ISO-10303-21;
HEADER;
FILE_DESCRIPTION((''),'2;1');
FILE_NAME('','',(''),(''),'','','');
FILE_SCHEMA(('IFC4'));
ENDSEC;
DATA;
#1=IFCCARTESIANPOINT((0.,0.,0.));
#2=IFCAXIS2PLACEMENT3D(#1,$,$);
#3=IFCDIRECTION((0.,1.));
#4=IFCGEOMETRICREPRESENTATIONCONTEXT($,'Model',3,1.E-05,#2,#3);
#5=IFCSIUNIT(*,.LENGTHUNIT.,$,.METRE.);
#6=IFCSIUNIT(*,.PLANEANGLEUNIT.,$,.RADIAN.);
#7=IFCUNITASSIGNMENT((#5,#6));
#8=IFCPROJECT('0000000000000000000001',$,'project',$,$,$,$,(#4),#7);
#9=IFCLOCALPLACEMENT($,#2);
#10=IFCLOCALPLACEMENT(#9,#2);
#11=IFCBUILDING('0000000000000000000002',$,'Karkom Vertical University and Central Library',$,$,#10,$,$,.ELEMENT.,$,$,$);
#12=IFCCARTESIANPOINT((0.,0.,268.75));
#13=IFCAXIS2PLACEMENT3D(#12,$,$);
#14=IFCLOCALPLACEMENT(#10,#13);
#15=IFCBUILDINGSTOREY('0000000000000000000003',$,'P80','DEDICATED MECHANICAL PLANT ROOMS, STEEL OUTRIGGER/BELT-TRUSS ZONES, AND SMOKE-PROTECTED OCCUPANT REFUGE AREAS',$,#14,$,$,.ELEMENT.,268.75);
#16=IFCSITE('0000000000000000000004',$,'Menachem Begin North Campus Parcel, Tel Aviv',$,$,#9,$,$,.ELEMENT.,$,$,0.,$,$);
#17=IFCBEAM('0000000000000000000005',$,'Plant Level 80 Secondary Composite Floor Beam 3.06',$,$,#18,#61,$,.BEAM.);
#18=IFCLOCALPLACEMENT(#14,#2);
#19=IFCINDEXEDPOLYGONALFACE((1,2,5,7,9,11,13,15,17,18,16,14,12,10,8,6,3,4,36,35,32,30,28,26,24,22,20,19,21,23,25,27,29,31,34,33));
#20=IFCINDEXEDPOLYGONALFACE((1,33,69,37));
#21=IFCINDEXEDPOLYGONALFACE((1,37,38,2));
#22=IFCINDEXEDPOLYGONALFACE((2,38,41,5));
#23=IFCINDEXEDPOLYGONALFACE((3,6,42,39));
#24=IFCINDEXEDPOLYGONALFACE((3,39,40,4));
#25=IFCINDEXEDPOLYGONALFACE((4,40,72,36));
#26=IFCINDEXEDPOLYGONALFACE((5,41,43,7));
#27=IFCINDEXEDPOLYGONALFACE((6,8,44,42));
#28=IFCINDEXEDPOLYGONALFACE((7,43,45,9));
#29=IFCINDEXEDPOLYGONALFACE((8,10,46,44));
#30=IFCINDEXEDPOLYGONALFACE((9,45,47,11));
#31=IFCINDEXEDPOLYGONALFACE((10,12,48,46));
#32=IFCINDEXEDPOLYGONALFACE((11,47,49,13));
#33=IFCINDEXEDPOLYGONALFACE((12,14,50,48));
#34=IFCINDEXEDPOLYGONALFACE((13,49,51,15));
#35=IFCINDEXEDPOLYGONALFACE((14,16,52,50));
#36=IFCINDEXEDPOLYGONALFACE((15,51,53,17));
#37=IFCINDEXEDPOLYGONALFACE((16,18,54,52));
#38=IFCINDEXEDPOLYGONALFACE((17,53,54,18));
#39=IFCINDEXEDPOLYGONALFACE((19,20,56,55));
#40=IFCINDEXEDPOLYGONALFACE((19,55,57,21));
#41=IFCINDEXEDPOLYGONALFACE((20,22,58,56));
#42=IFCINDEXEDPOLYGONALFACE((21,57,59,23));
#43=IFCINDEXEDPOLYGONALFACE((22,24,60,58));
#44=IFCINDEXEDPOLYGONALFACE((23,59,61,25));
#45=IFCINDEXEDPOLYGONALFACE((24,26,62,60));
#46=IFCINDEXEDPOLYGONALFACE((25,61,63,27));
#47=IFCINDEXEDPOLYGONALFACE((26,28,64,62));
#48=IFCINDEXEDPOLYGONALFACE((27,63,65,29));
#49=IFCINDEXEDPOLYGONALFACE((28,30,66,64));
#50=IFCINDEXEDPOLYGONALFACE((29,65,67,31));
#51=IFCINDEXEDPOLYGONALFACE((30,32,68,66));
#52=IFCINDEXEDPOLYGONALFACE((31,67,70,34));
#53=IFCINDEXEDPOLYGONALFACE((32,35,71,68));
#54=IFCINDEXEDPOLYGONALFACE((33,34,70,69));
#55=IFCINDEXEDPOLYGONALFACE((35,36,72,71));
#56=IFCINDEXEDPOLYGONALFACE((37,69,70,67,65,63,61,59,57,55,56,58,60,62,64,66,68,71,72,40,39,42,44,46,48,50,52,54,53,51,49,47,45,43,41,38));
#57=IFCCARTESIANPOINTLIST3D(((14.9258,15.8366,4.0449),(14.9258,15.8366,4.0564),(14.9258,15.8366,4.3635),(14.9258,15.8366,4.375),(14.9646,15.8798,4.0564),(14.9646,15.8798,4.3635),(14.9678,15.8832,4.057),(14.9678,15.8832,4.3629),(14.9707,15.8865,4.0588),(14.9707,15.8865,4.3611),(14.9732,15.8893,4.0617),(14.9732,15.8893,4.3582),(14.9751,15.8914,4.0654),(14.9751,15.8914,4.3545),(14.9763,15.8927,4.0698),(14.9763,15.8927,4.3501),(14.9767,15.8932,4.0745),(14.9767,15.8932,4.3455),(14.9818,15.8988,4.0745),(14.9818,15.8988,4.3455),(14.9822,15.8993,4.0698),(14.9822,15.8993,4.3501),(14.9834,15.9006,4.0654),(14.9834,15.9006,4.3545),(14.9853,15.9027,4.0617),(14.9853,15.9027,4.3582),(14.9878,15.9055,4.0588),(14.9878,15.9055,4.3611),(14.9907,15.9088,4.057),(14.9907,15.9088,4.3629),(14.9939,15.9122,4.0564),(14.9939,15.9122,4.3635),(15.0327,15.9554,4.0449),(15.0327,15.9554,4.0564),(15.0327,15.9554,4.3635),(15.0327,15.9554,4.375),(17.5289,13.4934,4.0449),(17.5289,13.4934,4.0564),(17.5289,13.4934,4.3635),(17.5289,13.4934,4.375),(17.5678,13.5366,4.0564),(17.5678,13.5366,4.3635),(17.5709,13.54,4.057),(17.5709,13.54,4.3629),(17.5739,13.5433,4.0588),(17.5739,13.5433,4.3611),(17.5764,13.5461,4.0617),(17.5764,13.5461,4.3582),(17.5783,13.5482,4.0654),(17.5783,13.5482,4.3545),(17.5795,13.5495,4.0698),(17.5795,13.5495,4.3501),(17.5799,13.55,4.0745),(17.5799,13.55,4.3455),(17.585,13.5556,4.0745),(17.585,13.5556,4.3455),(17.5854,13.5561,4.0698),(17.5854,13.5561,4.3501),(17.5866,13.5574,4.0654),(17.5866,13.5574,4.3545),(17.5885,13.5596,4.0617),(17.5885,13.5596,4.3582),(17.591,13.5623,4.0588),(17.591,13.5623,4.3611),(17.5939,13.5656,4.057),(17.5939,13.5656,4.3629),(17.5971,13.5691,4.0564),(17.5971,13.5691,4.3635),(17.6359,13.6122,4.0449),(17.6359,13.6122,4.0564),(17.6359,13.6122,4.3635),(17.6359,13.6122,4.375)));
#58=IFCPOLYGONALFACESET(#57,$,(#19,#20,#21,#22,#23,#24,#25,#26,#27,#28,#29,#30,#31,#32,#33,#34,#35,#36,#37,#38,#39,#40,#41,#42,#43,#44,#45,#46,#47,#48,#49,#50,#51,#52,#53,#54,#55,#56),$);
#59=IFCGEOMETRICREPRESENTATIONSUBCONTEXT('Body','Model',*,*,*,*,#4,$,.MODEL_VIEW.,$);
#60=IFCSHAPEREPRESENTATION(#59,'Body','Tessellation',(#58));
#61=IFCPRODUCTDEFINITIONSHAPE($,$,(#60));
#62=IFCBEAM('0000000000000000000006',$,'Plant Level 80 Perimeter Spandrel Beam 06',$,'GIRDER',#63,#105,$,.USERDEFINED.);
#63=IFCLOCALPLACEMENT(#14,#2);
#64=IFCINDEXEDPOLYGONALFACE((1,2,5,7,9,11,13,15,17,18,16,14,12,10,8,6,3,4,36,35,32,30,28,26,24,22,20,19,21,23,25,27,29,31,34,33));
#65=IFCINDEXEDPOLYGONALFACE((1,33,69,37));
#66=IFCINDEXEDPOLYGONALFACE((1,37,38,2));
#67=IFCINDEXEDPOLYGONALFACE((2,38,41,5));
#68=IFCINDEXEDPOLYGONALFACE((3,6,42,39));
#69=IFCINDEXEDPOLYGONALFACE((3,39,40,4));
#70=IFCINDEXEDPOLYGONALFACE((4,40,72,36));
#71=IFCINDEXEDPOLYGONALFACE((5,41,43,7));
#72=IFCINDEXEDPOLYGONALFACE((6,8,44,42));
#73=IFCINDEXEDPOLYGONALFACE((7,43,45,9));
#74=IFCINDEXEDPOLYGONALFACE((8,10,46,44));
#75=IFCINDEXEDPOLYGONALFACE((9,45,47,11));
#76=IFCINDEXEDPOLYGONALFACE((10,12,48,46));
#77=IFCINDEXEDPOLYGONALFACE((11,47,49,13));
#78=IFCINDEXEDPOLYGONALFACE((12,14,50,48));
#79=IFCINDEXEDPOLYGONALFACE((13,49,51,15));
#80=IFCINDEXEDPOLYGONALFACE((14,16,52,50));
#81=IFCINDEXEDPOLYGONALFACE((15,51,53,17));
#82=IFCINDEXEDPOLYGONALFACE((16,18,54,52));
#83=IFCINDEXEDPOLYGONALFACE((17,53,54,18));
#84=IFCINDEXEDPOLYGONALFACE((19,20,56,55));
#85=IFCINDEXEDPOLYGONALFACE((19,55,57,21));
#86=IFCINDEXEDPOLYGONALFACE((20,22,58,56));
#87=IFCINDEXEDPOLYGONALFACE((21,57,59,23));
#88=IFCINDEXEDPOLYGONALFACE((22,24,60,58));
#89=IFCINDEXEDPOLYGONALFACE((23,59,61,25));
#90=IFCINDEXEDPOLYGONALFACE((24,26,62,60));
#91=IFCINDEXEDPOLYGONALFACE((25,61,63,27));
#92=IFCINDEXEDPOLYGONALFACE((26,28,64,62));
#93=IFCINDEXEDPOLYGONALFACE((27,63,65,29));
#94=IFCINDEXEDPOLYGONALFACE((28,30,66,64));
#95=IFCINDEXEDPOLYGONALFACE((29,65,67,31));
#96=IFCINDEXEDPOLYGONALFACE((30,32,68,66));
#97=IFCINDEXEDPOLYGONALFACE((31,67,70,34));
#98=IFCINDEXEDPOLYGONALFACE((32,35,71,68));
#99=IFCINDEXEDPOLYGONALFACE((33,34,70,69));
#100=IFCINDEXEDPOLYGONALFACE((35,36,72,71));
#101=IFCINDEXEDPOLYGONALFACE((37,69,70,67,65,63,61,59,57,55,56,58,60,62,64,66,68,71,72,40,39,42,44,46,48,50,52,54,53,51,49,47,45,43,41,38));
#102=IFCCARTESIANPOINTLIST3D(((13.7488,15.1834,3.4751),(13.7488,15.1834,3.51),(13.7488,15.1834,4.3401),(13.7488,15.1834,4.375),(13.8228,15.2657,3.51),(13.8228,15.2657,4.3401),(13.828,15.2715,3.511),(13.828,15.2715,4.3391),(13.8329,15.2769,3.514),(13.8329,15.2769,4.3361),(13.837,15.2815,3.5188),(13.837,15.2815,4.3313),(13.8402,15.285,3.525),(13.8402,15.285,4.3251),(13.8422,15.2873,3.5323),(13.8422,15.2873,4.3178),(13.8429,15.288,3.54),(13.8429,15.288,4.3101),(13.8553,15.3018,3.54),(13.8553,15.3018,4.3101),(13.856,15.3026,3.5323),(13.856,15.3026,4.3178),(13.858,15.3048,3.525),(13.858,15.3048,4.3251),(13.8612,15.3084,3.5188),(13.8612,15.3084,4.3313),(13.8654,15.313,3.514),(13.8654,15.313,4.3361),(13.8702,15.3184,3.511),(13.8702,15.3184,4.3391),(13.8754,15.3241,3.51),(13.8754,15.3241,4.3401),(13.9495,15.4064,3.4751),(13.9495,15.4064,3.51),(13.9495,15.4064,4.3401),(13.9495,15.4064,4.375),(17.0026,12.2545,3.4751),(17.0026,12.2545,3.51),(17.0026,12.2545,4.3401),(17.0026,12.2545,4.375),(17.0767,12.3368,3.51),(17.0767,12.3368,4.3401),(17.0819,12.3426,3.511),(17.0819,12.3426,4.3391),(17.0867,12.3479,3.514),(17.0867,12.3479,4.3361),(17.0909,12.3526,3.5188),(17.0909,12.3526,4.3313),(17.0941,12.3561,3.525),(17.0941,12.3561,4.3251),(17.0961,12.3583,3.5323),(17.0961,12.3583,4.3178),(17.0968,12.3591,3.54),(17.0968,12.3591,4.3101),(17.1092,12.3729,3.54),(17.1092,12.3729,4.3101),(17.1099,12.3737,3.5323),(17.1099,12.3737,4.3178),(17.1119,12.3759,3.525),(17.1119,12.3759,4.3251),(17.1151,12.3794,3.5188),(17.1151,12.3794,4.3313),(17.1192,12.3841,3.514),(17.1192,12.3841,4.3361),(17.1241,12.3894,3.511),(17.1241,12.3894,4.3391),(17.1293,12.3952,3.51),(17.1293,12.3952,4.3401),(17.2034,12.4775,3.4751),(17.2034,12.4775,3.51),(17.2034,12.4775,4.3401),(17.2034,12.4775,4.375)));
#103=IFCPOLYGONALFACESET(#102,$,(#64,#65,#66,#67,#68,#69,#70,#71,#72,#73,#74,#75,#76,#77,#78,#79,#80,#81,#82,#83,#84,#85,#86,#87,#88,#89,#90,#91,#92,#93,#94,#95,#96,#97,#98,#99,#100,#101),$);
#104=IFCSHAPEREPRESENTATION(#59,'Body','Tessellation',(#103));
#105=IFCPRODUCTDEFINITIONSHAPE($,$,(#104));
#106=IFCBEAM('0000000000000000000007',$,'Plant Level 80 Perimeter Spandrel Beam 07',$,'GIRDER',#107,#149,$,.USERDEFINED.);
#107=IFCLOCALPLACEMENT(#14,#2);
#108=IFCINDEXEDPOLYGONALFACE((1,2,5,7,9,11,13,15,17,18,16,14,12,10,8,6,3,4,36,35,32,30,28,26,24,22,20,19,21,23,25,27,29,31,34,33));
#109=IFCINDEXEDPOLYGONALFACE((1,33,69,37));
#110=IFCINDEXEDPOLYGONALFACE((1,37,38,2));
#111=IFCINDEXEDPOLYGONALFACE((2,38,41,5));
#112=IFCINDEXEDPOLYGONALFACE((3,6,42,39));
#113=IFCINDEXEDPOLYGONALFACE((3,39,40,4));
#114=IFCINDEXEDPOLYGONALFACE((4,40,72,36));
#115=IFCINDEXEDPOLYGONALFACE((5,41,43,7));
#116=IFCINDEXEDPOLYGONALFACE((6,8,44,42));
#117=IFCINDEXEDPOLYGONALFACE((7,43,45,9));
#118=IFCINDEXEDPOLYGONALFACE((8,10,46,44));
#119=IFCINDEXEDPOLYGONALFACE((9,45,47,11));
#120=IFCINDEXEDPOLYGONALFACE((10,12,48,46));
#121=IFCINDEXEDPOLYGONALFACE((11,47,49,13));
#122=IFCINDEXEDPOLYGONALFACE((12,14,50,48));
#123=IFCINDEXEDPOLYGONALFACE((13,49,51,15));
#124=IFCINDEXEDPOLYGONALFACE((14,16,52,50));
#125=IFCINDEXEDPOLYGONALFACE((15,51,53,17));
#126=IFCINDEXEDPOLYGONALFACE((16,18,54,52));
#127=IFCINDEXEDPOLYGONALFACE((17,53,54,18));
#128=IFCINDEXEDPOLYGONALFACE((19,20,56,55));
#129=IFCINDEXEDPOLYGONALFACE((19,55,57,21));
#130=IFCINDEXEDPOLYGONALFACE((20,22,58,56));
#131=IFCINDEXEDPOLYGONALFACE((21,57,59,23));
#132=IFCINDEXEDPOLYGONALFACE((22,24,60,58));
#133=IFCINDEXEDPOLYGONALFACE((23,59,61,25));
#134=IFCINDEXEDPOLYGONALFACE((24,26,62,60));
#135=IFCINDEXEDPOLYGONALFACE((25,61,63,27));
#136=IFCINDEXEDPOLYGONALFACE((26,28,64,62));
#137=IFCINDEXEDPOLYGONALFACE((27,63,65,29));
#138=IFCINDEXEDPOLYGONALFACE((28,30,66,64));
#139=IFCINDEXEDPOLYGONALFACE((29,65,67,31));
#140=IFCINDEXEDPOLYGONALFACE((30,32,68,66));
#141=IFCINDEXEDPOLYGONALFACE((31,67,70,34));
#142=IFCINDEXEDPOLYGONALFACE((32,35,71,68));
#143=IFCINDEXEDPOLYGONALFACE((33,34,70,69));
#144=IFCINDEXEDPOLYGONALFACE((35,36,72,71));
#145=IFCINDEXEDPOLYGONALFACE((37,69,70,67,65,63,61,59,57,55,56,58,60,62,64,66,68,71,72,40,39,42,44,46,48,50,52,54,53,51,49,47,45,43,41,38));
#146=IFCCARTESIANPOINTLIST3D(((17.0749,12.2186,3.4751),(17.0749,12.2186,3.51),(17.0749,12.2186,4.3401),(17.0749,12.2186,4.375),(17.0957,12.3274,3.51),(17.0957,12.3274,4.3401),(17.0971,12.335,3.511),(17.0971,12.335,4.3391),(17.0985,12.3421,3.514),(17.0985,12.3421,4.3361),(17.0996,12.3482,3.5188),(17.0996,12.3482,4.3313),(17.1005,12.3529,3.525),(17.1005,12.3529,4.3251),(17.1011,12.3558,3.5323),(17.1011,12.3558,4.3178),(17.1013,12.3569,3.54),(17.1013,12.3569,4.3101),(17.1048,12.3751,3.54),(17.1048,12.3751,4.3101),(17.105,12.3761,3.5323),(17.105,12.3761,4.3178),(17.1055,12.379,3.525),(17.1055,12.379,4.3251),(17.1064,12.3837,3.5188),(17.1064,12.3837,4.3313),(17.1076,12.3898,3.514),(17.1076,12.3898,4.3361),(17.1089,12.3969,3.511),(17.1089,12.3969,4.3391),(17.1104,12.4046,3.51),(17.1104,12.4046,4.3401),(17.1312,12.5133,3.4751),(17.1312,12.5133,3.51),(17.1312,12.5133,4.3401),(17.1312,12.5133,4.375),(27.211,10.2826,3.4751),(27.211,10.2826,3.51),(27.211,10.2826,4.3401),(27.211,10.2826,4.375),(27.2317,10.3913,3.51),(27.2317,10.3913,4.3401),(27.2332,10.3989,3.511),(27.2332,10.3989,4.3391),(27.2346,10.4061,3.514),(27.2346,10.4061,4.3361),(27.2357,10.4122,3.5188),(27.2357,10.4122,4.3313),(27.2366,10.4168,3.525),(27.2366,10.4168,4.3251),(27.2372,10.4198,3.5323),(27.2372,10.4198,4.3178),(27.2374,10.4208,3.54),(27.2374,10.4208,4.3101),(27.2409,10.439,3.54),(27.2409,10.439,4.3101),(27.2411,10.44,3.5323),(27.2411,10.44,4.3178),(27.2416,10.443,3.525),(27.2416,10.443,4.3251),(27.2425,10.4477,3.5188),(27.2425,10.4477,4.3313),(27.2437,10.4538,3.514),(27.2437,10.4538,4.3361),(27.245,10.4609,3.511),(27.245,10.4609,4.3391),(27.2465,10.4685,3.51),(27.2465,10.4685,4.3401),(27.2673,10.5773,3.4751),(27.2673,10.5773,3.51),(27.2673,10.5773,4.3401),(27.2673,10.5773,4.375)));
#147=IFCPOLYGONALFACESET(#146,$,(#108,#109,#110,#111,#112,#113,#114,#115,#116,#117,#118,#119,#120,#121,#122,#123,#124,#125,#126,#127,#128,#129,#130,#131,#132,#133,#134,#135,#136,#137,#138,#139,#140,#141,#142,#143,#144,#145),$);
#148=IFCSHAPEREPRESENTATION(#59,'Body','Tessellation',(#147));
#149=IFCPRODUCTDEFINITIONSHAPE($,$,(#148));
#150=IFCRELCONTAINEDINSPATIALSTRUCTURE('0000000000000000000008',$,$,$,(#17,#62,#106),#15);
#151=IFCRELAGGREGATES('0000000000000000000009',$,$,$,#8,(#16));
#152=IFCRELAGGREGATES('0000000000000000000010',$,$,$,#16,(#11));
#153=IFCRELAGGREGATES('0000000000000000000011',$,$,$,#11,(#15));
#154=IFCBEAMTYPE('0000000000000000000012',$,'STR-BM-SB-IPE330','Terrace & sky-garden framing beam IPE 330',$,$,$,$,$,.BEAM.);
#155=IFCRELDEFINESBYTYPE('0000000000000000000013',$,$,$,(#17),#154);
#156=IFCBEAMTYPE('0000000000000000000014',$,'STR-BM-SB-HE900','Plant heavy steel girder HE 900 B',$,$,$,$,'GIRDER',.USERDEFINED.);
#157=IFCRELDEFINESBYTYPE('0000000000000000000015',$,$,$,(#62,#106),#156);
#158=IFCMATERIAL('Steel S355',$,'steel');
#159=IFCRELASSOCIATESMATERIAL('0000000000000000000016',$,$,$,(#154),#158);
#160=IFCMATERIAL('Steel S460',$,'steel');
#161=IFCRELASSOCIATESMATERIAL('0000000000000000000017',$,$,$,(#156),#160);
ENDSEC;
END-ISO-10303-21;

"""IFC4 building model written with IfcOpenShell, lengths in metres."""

from ifc_helpers import new_model, si_unit, direction, frame, origin, origin_with_axes, origin_2d, place, context, subcontext, project, spatial, i_section, extrude, source, transform, mapped, material, material_profile, profile_set, type_object, element, save


model = new_model("IFC4")

# Units and contexts
model_context = context("Model", 3, precision=1e-05, world=origin(), true_north=direction((0.0, 1.0)))
body_context = subcontext(model_context, "Body", "Model", "MODEL_VIEW")
ifc_project = project(units=[si_unit("LENGTHUNIT", "METRE"), si_unit("PLANEANGLEUNIT", "RADIAN")], contexts=[model_context])

# Site, building, storey
site_placement = place(None, origin())
site = spatial("IfcSite", under=ifc_project, at=site_placement, Name="Menachem Begin North Campus Parcel, Tel Aviv", CompositionType="ELEMENT", RefElevation=0.0)
building_placement = place(site_placement, origin())
building = spatial("IfcBuilding", under=site, at=building_placement, Name="Karkom Vertical University and Central Library", CompositionType="ELEMENT")
storey_placement = place(building_placement, frame((0.0, 0.0, 268.75)))
storey = spatial("IfcBuildingStorey", under=building, at=storey_placement, Name="P80", Description="DEDICATED MECHANICAL PLANT ROOMS, STEEL OUTRIGGER/BELT-TRUSS ZONES, AND SMOKE-PROTECTED OCCUPANT REFUGE AREAS", CompositionType="ELEMENT", Elevation=268.75)

# Beams
ifc_material_1 = material(Name="Steel S355", Category="steel")
ifc_material_profile_1 = material_profile(ifc_material_1, i_section(OverallWidth=0.1599, OverallDepth=0.3301, WebThickness=0.0076, FlangeThickness=0.0115, FilletRadius=0.0181, at=origin_2d()), Name="IPE 330")
ifc_profile_set_1 = profile_set([ifc_material_profile_1], Name="Steel S355")
beam_type_1 = type_object("IfcBeamType", Name="STR-BM-SB-IPE330", Description="Terrace & sky-garden framing beam IPE 330", PredefinedType="BEAM", material=ifc_profile_set_1)
shared_shape_1 = source(origin_with_axes(), body_context, "Body", "SweptSolid", [
    extrude(i_section(OverallWidth=0.1599, OverallDepth=0.3301, WebThickness=0.0076, FlangeThickness=0.0115, FilletRadius=0.0181, at=origin_2d()), origin(), (0.0, 0.0, 1.0), 3.5024),
])
beam_1_placement = place(storey_placement, frame((14.9792, 15.896, 4.21), z_axis=(0.743249, -0.669015, 0.0), x_axis=(0.669015, 0.743249, 0.0)))
element("IfcBeam", 1, at=beam_1_placement, inside=storey, type_object=beam_type_1, Name="Plant Level 80 Secondary Composite Floor Beam 3.06", PredefinedType="BEAM", context=body_context, shape_type="MappedRepresentation", body=[
    mapped(shared_shape_1, transform((0.0, 0.0, 0.0), scale=1.0)),
])
ifc_material_2 = material(Name="Steel S460", Category="steel")
ifc_material_profile_2 = material_profile(ifc_material_2, i_section(OverallWidth=0.3, OverallDepth=0.8999, WebThickness=0.0186, FlangeThickness=0.0349, FilletRadius=0.03, at=origin_2d()), Name="HE 900 B")
ifc_profile_set_2 = profile_set([ifc_material_profile_2], Name="Steel S460")
beam_type_2 = type_object("IfcBeamType", Name="STR-BM-SB-HE900", Description="Plant heavy steel girder HE 900 B", ElementType="GIRDER", PredefinedType="USERDEFINED", material=ifc_profile_set_2)
shared_shape_2 = source(origin_with_axes(), body_context, "Body", "SweptSolid", [
    extrude(i_section(OverallWidth=0.3, OverallDepth=0.8999, WebThickness=0.0186, FlangeThickness=0.0349, FilletRadius=0.03, at=origin_2d()), origin(), (0.0, 0.0, 1.0), 4.3779),
])
beam_2_placement = place(storey_placement, frame((13.8491, 15.2949, 3.925), z_axis=(0.743244, -0.66902, 0.0), x_axis=(0.66902, 0.743244, 0.0)))
element("IfcBeam", 2, at=beam_2_placement, inside=storey, type_object=beam_type_2, Name="Plant Level 80 Perimeter Spandrel Beam 06", ObjectType="GIRDER", PredefinedType="USERDEFINED", context=body_context, shape_type="MappedRepresentation", body=[
    mapped(shared_shape_2, transform((0.0, 0.0, 0.0), scale=1.0)),
])
shared_shape_3 = source(origin_with_axes(), body_context, "Body", "SweptSolid", [
    extrude(i_section(OverallWidth=0.3, OverallDepth=0.8999, WebThickness=0.0186, FlangeThickness=0.0349, FilletRadius=0.03, at=origin_2d()), origin(), (0.0, 0.0, 1.0), 10.3193),
])
beam_3_placement = place(storey_placement, frame((17.103, 12.366, 3.925), z_axis=(0.982243, -0.187614, 0.0), x_axis=(0.187614, 0.982243, 0.0)))
element("IfcBeam", 3, at=beam_3_placement, inside=storey, type_object=beam_type_2, Name="Plant Level 80 Perimeter Spandrel Beam 07", ObjectType="GIRDER", PredefinedType="USERDEFINED", context=body_context, shape_type="MappedRepresentation", body=[
    mapped(shared_shape_3, transform((0.0, 0.0, 0.0), scale=1.0)),
])

save(model, "model.ifc")
